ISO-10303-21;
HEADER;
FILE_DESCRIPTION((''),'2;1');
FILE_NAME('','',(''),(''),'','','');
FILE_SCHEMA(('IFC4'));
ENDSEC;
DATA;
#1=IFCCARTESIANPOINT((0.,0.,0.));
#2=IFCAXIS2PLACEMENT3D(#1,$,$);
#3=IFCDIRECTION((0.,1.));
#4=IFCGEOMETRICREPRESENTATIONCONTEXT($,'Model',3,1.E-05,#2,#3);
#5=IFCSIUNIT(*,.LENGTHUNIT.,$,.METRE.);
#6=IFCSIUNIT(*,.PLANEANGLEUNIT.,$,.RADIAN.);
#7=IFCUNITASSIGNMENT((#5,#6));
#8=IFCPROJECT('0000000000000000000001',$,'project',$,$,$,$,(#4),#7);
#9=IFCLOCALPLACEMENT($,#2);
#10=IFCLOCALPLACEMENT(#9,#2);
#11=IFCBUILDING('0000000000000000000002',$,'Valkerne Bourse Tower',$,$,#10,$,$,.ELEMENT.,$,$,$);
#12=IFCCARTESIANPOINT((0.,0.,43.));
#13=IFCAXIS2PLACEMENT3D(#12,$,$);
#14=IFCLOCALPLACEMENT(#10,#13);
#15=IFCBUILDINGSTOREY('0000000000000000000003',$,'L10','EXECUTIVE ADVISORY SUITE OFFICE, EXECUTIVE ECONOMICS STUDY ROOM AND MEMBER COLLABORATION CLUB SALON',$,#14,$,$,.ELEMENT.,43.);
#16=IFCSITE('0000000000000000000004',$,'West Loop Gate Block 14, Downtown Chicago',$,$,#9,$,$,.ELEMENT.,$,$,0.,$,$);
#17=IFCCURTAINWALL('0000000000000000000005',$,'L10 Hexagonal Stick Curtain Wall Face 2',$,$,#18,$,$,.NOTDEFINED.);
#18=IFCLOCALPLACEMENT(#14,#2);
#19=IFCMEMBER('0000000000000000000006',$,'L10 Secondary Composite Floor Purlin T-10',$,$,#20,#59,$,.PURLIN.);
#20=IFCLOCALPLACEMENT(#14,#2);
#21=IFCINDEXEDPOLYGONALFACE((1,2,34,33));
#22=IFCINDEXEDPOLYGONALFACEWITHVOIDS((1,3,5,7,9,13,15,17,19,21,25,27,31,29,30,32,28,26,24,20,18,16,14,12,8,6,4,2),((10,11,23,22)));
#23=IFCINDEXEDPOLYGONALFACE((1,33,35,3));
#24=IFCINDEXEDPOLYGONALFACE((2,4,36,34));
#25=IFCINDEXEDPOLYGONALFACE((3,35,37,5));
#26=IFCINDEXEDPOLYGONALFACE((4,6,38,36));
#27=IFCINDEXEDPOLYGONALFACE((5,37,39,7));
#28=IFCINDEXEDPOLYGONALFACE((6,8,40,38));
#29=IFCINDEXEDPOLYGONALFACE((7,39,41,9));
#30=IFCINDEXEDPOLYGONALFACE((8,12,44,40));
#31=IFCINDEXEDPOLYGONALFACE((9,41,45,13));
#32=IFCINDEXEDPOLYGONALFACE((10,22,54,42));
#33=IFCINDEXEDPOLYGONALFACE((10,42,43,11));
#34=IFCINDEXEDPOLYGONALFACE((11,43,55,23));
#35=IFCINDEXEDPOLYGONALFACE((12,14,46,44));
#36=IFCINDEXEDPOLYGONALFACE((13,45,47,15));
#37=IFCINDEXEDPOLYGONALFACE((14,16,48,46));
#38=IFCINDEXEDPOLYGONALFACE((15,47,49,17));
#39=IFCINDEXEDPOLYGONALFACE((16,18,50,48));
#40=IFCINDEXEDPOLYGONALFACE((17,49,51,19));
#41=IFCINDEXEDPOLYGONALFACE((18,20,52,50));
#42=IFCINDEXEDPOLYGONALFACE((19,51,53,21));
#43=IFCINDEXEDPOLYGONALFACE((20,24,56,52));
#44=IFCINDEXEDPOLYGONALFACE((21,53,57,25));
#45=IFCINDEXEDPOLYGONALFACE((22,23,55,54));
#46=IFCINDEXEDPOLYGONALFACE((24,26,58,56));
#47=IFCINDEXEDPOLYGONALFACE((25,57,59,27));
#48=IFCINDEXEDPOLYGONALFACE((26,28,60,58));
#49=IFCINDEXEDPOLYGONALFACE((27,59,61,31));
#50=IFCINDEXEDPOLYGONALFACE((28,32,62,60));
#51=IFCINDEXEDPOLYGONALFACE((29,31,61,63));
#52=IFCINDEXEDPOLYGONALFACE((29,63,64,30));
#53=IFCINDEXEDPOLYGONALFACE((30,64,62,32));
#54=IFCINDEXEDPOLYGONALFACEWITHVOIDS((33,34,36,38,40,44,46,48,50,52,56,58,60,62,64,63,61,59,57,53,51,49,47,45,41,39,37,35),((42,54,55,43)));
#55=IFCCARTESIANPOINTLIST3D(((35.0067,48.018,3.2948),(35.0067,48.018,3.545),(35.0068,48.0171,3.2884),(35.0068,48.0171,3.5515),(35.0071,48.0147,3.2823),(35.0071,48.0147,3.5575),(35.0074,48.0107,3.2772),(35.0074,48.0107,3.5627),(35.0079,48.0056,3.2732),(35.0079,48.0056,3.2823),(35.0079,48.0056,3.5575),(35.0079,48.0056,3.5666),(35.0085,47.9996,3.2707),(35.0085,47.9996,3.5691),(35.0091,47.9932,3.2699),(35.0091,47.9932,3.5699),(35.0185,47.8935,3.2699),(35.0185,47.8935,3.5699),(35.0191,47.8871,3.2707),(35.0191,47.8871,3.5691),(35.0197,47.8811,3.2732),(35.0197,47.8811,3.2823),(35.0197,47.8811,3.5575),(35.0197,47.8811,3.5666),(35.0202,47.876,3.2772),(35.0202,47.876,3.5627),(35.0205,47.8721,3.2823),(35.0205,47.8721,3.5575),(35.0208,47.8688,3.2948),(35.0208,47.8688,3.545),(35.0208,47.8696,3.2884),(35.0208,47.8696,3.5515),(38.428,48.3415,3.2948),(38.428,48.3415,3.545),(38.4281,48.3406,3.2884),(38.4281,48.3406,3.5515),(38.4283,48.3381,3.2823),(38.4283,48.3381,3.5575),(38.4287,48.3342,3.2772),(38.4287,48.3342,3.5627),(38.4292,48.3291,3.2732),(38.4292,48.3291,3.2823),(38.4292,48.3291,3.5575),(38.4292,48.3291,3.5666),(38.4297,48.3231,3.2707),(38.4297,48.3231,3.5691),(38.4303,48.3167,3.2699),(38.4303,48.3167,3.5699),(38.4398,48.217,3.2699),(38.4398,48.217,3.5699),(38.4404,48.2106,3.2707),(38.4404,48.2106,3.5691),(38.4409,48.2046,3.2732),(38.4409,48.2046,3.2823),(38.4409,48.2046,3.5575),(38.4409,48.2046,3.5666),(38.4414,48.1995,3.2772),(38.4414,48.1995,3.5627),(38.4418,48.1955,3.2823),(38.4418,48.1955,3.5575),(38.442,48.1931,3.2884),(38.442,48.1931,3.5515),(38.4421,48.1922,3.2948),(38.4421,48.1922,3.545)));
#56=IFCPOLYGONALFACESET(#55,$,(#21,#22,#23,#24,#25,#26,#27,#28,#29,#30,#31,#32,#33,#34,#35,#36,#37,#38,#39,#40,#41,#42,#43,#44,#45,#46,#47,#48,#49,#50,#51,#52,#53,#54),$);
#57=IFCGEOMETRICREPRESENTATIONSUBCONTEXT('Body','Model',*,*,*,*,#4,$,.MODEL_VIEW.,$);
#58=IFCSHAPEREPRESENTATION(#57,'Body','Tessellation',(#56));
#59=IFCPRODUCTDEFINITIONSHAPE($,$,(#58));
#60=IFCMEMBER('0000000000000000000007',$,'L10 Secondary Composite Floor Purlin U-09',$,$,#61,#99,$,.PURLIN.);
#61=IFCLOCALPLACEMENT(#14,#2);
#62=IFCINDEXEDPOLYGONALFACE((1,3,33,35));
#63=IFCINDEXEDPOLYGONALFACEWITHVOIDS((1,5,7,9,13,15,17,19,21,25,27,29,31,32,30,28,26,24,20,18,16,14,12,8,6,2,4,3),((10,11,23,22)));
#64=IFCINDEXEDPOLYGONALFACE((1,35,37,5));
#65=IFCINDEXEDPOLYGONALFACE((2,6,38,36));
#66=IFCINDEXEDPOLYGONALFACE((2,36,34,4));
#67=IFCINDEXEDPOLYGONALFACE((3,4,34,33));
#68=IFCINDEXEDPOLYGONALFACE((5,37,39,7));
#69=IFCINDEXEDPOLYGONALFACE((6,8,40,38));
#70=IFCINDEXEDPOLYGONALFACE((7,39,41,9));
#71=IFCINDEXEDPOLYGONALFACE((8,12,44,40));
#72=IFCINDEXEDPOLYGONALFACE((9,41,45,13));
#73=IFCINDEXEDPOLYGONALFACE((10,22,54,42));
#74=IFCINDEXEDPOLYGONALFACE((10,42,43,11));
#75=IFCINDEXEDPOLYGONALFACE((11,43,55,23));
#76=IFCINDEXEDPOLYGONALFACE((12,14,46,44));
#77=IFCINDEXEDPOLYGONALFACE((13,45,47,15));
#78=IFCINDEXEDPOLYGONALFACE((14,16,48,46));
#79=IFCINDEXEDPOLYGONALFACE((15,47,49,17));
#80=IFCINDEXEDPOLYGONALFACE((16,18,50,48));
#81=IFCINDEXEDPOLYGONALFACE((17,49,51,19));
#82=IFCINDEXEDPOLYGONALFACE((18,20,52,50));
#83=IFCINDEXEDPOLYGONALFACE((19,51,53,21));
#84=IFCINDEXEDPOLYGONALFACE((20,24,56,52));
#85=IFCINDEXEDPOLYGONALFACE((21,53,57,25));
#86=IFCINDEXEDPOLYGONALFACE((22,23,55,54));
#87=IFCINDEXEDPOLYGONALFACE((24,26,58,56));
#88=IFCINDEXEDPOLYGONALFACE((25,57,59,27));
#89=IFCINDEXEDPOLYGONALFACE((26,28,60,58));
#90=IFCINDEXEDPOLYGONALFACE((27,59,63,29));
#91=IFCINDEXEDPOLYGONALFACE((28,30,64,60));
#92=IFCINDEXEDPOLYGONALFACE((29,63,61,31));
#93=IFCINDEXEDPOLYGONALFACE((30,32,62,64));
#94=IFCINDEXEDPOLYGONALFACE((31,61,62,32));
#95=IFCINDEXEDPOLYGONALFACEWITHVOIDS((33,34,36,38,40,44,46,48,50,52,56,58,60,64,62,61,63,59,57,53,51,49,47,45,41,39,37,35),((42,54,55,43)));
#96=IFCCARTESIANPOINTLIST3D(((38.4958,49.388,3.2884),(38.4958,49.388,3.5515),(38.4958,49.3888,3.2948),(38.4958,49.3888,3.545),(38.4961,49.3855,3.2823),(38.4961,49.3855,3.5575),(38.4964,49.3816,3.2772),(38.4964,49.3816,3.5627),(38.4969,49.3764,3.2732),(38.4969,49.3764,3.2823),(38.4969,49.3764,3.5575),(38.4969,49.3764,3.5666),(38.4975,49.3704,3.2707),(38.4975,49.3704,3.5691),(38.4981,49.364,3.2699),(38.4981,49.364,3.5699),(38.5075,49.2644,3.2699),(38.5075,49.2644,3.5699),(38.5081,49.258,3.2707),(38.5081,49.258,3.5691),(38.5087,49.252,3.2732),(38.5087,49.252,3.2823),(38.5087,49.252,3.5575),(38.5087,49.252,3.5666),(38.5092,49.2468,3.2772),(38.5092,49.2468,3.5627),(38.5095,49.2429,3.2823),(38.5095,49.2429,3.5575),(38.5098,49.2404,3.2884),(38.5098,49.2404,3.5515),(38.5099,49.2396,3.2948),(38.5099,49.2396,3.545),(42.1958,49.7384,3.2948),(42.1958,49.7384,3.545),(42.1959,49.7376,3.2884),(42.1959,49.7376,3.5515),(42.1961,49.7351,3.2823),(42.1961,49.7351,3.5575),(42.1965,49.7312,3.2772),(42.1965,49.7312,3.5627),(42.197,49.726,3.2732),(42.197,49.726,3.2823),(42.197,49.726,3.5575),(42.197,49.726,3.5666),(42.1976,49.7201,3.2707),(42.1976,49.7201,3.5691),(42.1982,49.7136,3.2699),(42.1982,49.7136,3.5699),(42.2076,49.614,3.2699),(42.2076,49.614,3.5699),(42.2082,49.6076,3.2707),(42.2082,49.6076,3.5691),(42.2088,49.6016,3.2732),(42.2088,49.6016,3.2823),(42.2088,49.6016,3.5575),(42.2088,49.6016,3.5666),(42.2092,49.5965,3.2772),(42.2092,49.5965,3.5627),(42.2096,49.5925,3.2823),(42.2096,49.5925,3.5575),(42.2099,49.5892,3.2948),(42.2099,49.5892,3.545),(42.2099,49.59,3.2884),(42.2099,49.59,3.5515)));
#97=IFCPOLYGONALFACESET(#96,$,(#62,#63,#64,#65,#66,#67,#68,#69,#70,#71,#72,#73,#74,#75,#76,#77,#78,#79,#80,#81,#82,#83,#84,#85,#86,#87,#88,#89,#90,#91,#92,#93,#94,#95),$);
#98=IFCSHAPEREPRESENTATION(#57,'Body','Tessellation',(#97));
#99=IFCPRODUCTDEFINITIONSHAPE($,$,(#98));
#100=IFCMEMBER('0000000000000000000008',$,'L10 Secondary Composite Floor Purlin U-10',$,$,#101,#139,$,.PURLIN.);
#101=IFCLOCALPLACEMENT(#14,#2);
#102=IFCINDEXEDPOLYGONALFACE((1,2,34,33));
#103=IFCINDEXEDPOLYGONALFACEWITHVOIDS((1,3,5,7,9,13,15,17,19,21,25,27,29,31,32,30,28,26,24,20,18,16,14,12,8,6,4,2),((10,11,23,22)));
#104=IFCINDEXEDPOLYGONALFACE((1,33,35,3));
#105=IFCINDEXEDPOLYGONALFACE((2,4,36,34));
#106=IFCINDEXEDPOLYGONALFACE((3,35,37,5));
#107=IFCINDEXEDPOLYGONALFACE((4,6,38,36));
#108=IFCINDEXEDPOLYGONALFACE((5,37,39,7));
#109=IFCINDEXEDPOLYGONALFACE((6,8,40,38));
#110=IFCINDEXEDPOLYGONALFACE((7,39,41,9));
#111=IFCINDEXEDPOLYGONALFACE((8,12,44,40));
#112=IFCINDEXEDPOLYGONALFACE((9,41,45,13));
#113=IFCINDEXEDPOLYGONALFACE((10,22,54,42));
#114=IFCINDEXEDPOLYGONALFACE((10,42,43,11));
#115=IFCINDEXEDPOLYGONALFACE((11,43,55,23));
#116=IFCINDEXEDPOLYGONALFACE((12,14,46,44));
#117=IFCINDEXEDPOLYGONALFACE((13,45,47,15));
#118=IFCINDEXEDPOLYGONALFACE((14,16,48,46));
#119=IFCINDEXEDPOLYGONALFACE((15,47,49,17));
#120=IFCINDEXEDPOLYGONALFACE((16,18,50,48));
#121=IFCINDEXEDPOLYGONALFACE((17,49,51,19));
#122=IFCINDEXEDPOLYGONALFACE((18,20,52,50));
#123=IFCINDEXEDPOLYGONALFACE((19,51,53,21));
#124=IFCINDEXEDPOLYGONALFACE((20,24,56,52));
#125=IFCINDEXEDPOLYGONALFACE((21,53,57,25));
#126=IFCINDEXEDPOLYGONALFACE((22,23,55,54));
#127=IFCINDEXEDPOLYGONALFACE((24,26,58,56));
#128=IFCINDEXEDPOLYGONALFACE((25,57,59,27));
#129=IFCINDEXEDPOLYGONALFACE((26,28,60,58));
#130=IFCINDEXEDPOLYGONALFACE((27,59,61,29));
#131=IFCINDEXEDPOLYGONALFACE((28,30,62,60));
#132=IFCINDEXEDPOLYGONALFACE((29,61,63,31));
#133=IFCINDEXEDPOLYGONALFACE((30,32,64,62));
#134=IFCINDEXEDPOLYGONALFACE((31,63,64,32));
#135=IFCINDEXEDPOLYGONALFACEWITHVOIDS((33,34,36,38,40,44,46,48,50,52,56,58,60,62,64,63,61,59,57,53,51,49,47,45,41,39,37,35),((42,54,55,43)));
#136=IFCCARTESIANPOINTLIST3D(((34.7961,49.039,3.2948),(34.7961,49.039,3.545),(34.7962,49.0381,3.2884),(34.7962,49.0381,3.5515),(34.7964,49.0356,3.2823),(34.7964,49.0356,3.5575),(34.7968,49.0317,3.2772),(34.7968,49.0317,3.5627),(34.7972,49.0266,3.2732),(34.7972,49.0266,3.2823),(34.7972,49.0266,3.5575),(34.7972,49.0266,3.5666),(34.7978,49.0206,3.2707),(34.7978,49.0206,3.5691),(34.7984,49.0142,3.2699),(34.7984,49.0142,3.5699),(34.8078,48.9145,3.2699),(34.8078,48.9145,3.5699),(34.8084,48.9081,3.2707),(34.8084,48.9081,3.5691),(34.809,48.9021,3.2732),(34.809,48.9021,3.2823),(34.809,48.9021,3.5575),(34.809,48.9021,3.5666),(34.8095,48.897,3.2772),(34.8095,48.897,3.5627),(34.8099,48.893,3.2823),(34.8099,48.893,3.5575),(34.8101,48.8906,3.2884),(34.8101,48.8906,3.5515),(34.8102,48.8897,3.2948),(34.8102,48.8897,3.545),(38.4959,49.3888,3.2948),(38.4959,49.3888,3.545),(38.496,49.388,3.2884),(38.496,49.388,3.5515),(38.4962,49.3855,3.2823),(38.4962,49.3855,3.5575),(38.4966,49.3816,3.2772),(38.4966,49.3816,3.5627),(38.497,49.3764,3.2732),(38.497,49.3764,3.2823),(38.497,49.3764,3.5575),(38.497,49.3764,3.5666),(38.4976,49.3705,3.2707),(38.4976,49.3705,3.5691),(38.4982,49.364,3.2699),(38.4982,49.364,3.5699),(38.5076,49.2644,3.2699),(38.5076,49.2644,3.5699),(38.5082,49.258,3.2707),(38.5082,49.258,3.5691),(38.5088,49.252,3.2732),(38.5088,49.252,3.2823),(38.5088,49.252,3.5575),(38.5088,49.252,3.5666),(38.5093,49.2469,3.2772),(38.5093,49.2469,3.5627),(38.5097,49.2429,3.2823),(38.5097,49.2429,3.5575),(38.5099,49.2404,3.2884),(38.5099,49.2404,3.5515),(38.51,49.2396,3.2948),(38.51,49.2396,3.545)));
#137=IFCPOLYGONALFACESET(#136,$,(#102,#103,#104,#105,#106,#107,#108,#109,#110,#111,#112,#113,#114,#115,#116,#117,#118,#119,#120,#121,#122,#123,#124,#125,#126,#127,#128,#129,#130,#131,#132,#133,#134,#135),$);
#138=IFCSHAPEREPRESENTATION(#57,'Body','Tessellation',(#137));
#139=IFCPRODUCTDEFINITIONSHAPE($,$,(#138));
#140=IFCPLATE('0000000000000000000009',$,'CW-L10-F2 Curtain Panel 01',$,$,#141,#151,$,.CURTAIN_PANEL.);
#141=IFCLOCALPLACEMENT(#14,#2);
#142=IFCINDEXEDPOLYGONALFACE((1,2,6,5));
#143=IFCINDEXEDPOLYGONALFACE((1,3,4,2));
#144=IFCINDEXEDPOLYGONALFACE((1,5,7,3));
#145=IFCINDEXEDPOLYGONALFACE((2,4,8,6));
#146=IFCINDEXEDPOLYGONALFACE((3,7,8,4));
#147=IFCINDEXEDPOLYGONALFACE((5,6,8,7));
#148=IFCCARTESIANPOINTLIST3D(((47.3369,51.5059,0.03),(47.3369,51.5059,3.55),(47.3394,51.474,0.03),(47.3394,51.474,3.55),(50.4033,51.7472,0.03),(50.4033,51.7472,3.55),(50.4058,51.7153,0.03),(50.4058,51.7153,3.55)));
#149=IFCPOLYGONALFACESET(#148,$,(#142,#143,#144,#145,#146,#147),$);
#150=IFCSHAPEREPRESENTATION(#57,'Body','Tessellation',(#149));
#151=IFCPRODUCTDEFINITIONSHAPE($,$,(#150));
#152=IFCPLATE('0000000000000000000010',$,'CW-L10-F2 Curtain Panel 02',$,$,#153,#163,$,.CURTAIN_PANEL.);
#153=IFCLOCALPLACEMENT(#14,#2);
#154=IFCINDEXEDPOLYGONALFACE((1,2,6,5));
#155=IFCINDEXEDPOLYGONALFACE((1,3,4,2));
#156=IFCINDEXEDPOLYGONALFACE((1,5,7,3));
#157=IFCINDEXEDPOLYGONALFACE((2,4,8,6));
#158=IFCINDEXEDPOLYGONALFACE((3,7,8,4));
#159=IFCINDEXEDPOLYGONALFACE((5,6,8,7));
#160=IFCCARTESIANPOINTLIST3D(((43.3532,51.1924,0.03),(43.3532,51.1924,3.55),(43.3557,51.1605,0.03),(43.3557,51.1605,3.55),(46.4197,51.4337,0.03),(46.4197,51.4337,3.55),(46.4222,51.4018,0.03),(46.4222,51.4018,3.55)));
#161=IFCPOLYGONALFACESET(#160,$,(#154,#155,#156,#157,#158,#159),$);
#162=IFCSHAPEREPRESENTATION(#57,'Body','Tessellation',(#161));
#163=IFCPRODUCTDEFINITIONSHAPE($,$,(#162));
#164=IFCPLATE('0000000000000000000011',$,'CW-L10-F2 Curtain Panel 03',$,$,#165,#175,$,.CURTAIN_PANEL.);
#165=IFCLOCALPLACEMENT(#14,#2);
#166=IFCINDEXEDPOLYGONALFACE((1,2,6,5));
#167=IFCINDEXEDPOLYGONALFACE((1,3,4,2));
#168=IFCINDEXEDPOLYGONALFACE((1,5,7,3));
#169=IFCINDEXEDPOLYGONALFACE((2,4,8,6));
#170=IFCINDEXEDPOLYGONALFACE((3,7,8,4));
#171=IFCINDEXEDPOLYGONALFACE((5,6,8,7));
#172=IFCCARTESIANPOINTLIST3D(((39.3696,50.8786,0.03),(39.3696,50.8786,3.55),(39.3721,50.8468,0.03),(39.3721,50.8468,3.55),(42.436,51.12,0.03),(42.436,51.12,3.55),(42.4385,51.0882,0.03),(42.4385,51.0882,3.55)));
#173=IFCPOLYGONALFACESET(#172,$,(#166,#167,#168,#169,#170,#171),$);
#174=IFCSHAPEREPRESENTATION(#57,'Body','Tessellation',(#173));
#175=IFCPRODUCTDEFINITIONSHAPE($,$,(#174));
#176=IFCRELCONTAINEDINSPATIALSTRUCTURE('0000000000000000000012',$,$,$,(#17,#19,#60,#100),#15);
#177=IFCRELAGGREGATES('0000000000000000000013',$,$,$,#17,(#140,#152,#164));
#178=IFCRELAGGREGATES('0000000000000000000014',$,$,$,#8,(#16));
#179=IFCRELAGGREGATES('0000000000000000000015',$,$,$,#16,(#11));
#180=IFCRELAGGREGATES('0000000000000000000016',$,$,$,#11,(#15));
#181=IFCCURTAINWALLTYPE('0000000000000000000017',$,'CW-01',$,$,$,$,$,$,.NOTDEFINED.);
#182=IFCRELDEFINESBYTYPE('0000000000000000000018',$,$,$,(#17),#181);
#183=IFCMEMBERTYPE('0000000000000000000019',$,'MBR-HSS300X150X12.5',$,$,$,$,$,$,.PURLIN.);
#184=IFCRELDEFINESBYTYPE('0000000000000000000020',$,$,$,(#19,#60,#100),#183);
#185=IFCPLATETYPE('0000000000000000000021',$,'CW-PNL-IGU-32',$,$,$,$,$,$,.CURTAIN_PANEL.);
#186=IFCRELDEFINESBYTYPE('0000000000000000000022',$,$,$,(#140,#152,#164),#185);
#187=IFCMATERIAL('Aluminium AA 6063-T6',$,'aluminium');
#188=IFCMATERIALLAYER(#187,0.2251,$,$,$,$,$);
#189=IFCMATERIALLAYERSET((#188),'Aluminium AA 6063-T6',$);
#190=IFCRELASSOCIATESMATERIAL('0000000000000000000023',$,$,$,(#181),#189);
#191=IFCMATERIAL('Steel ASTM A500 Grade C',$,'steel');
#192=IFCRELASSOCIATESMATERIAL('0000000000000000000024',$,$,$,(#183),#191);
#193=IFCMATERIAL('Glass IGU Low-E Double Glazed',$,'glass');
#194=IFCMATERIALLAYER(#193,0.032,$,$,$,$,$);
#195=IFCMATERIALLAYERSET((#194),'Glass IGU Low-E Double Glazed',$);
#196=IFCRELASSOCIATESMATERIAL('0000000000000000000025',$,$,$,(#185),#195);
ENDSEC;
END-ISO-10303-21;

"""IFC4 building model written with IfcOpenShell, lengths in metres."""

from ifc_helpers import new_model, si_unit, direction, frame, origin, origin_2d, place, context, subcontext, project, spatial, rectangle, hollow_rectangle, extrude, material, layer, layer_set, material_profile, profile_set, type_object, element, aggregate, save


model = new_model("IFC4")

# Units and contexts
model_context = context("Model", 3, precision=1e-05, world=origin(), true_north=direction((0.0, 1.0)))
body_context = subcontext(model_context, "Body", "Model", "MODEL_VIEW")
ifc_project = project(units=[si_unit("LENGTHUNIT", "METRE"), si_unit("PLANEANGLEUNIT", "RADIAN")], contexts=[model_context])

# Site, building, storey
site_placement = place(None, origin())
site = spatial("IfcSite", under=ifc_project, at=site_placement, Name="West Loop Gate Block 14, Downtown Chicago", CompositionType="ELEMENT", RefElevation=0.0)
building_placement = place(site_placement, origin())
building = spatial("IfcBuilding", under=site, at=building_placement, Name="Valkerne Bourse Tower", CompositionType="ELEMENT")
storey_placement = place(building_placement, frame((0.0, 0.0, 43.0)))
storey = spatial("IfcBuildingStorey", under=building, at=storey_placement, Name="L10", Description="EXECUTIVE ADVISORY SUITE OFFICE, EXECUTIVE ECONOMICS STUDY ROOM AND MEMBER COLLABORATION CLUB SALON", CompositionType="ELEMENT", Elevation=43.0)

# Curtain wall
ifc_material_1 = material(Name="Aluminium AA 6063-T6", Category="aluminium")
ifc_layer_1 = layer(ifc_material_1, 0.2251)
ifc_layer_set_1 = layer_set([ifc_layer_1], Name="Aluminium AA 6063-T6")
curtain_wall_type = type_object("IfcCurtainWallType", Name="CW-01", PredefinedType="NOTDEFINED", material=ifc_layer_set_1)
curtain_wall_placement = place(storey_placement, origin())
curtain_wall = element("IfcCurtainWall", 1, at=curtain_wall_placement, inside=storey, type_object=curtain_wall_type, Name="L10 Hexagonal Stick Curtain Wall Face 2", PredefinedType="NOTDEFINED")

# Members
ifc_material_2 = material(Name="Steel ASTM A500 Grade C", Category="steel")
ifc_material_profile_1 = material_profile(ifc_material_2, hollow_rectangle(XDim=0.1499, YDim=0.3, WallThickness=0.0125, OuterFilletRadius=0.0249, at=origin_2d()), Name="HSS300X150X12.5")
ifc_profile_set_1 = profile_set([ifc_material_profile_1], Name="Steel ASTM A500 Grade C")
member_type_1 = type_object("IfcMemberType", Name="MBR-HSS300X150X12.5", PredefinedType="PURLIN", material=ifc_profile_set_1)
member_1_placement = place(storey_placement, frame((38.4351, 48.2668, 3.4199), z_axis=(-0.99556, -0.094129, 0.0), x_axis=(0.094129, -0.99556, 0.0)))
element("IfcMember", 2, at=member_1_placement, inside=storey, type_object=member_type_1, Name="L10 Secondary Composite Floor Purlin T-10", PredefinedType="PURLIN", context=body_context, shape_type="SweptSolid", body=[
    extrude(hollow_rectangle(XDim=0.1499, YDim=0.3, WallThickness=0.0125, OuterFilletRadius=0.0249, at=origin_2d()), origin(), (0.0, 0.0, 1.0), 3.4365),
])
member_2_placement = place(storey_placement, frame((42.2029, 49.6638, 3.4199), z_axis=(-0.995565, -0.094071, 0.0), x_axis=(0.094071, -0.995565, 0.0)))
element("IfcMember", 3, at=member_2_placement, inside=storey, type_object=member_type_1, Name="L10 Secondary Composite Floor Purlin U-09", PredefinedType="PURLIN", context=body_context, shape_type="SweptSolid", body=[
    extrude(hollow_rectangle(XDim=0.1499, YDim=0.3, WallThickness=0.0125, OuterFilletRadius=0.0249, at=origin_2d()), origin(), (0.0, 0.0, 1.0), 3.7166),
])
member_3_placement = place(storey_placement, frame((38.5029, 49.3142, 3.4199), z_axis=(-0.995559, -0.094143, 0.0), x_axis=(0.094143, -0.995559, 0.0)))
element("IfcMember", 4, at=member_3_placement, inside=storey, type_object=member_type_1, Name="L10 Secondary Composite Floor Purlin U-10", PredefinedType="PURLIN", context=body_context, shape_type="SweptSolid", body=[
    extrude(hollow_rectangle(XDim=0.1499, YDim=0.3, WallThickness=0.0125, OuterFilletRadius=0.0249, at=origin_2d()), origin(), (0.0, 0.0, 1.0), 3.7163),
])

# Plates
ifc_material_3 = material(Name="Glass IGU Low-E Double Glazed", Category="glass")
ifc_layer_2 = layer(ifc_material_3, 0.032)
ifc_layer_set_2 = layer_set([ifc_layer_2], Name="Glass IGU Low-E Double Glazed")
plate_type = type_object("IfcPlateType", Name="CW-PNL-IGU-32", PredefinedType="CURTAIN_PANEL", material=ifc_layer_set_2)
plate_1_placement = place(storey_placement, frame((48.8713, 51.6106, 0.03), z_axis=(0.0, 0.0, 1.0), x_axis=(-0.996918, -0.078453, 0.0)))
plate_1 = element("IfcPlate", 5, at=plate_1_placement, type_object=plate_type, Name="CW-L10-F2 Curtain Panel 01", PredefinedType="CURTAIN_PANEL", context=body_context, shape_type="SweptSolid", body=[
    extrude(rectangle(XDim=3.0759, YDim=0.032, at=origin_2d()), origin(), (0.0, 0.0, 1.0), 3.52),
])
plate_2_placement = place(storey_placement, frame((44.8877, 51.2971, 0.03), z_axis=(0.0, 0.0, 1.0), x_axis=(-0.996918, -0.078453, 0.0)))
plate_2 = element("IfcPlate", 6, at=plate_2_placement, type_object=plate_type, Name="CW-L10-F2 Curtain Panel 02", PredefinedType="CURTAIN_PANEL", context=body_context, shape_type="SweptSolid", body=[
    extrude(rectangle(XDim=3.0759, YDim=0.032, at=origin_2d()), origin(), (0.0, 0.0, 1.0), 3.52),
])
plate_3_placement = place(storey_placement, frame((40.9041, 50.9834, 0.03), z_axis=(0.0, 0.0, 1.0), x_axis=(-0.996916, -0.078478, 0.0)))
plate_3 = element("IfcPlate", 7, at=plate_3_placement, type_object=plate_type, Name="CW-L10-F2 Curtain Panel 03", PredefinedType="CURTAIN_PANEL", context=body_context, shape_type="SweptSolid", body=[
    extrude(rectangle(XDim=3.0759, YDim=0.032, at=origin_2d()), origin(), (0.0, 0.0, 1.0), 3.52),
])
aggregate(curtain_wall, [plate_1, plate_2, plate_3])

save(model, "model.ifc")
